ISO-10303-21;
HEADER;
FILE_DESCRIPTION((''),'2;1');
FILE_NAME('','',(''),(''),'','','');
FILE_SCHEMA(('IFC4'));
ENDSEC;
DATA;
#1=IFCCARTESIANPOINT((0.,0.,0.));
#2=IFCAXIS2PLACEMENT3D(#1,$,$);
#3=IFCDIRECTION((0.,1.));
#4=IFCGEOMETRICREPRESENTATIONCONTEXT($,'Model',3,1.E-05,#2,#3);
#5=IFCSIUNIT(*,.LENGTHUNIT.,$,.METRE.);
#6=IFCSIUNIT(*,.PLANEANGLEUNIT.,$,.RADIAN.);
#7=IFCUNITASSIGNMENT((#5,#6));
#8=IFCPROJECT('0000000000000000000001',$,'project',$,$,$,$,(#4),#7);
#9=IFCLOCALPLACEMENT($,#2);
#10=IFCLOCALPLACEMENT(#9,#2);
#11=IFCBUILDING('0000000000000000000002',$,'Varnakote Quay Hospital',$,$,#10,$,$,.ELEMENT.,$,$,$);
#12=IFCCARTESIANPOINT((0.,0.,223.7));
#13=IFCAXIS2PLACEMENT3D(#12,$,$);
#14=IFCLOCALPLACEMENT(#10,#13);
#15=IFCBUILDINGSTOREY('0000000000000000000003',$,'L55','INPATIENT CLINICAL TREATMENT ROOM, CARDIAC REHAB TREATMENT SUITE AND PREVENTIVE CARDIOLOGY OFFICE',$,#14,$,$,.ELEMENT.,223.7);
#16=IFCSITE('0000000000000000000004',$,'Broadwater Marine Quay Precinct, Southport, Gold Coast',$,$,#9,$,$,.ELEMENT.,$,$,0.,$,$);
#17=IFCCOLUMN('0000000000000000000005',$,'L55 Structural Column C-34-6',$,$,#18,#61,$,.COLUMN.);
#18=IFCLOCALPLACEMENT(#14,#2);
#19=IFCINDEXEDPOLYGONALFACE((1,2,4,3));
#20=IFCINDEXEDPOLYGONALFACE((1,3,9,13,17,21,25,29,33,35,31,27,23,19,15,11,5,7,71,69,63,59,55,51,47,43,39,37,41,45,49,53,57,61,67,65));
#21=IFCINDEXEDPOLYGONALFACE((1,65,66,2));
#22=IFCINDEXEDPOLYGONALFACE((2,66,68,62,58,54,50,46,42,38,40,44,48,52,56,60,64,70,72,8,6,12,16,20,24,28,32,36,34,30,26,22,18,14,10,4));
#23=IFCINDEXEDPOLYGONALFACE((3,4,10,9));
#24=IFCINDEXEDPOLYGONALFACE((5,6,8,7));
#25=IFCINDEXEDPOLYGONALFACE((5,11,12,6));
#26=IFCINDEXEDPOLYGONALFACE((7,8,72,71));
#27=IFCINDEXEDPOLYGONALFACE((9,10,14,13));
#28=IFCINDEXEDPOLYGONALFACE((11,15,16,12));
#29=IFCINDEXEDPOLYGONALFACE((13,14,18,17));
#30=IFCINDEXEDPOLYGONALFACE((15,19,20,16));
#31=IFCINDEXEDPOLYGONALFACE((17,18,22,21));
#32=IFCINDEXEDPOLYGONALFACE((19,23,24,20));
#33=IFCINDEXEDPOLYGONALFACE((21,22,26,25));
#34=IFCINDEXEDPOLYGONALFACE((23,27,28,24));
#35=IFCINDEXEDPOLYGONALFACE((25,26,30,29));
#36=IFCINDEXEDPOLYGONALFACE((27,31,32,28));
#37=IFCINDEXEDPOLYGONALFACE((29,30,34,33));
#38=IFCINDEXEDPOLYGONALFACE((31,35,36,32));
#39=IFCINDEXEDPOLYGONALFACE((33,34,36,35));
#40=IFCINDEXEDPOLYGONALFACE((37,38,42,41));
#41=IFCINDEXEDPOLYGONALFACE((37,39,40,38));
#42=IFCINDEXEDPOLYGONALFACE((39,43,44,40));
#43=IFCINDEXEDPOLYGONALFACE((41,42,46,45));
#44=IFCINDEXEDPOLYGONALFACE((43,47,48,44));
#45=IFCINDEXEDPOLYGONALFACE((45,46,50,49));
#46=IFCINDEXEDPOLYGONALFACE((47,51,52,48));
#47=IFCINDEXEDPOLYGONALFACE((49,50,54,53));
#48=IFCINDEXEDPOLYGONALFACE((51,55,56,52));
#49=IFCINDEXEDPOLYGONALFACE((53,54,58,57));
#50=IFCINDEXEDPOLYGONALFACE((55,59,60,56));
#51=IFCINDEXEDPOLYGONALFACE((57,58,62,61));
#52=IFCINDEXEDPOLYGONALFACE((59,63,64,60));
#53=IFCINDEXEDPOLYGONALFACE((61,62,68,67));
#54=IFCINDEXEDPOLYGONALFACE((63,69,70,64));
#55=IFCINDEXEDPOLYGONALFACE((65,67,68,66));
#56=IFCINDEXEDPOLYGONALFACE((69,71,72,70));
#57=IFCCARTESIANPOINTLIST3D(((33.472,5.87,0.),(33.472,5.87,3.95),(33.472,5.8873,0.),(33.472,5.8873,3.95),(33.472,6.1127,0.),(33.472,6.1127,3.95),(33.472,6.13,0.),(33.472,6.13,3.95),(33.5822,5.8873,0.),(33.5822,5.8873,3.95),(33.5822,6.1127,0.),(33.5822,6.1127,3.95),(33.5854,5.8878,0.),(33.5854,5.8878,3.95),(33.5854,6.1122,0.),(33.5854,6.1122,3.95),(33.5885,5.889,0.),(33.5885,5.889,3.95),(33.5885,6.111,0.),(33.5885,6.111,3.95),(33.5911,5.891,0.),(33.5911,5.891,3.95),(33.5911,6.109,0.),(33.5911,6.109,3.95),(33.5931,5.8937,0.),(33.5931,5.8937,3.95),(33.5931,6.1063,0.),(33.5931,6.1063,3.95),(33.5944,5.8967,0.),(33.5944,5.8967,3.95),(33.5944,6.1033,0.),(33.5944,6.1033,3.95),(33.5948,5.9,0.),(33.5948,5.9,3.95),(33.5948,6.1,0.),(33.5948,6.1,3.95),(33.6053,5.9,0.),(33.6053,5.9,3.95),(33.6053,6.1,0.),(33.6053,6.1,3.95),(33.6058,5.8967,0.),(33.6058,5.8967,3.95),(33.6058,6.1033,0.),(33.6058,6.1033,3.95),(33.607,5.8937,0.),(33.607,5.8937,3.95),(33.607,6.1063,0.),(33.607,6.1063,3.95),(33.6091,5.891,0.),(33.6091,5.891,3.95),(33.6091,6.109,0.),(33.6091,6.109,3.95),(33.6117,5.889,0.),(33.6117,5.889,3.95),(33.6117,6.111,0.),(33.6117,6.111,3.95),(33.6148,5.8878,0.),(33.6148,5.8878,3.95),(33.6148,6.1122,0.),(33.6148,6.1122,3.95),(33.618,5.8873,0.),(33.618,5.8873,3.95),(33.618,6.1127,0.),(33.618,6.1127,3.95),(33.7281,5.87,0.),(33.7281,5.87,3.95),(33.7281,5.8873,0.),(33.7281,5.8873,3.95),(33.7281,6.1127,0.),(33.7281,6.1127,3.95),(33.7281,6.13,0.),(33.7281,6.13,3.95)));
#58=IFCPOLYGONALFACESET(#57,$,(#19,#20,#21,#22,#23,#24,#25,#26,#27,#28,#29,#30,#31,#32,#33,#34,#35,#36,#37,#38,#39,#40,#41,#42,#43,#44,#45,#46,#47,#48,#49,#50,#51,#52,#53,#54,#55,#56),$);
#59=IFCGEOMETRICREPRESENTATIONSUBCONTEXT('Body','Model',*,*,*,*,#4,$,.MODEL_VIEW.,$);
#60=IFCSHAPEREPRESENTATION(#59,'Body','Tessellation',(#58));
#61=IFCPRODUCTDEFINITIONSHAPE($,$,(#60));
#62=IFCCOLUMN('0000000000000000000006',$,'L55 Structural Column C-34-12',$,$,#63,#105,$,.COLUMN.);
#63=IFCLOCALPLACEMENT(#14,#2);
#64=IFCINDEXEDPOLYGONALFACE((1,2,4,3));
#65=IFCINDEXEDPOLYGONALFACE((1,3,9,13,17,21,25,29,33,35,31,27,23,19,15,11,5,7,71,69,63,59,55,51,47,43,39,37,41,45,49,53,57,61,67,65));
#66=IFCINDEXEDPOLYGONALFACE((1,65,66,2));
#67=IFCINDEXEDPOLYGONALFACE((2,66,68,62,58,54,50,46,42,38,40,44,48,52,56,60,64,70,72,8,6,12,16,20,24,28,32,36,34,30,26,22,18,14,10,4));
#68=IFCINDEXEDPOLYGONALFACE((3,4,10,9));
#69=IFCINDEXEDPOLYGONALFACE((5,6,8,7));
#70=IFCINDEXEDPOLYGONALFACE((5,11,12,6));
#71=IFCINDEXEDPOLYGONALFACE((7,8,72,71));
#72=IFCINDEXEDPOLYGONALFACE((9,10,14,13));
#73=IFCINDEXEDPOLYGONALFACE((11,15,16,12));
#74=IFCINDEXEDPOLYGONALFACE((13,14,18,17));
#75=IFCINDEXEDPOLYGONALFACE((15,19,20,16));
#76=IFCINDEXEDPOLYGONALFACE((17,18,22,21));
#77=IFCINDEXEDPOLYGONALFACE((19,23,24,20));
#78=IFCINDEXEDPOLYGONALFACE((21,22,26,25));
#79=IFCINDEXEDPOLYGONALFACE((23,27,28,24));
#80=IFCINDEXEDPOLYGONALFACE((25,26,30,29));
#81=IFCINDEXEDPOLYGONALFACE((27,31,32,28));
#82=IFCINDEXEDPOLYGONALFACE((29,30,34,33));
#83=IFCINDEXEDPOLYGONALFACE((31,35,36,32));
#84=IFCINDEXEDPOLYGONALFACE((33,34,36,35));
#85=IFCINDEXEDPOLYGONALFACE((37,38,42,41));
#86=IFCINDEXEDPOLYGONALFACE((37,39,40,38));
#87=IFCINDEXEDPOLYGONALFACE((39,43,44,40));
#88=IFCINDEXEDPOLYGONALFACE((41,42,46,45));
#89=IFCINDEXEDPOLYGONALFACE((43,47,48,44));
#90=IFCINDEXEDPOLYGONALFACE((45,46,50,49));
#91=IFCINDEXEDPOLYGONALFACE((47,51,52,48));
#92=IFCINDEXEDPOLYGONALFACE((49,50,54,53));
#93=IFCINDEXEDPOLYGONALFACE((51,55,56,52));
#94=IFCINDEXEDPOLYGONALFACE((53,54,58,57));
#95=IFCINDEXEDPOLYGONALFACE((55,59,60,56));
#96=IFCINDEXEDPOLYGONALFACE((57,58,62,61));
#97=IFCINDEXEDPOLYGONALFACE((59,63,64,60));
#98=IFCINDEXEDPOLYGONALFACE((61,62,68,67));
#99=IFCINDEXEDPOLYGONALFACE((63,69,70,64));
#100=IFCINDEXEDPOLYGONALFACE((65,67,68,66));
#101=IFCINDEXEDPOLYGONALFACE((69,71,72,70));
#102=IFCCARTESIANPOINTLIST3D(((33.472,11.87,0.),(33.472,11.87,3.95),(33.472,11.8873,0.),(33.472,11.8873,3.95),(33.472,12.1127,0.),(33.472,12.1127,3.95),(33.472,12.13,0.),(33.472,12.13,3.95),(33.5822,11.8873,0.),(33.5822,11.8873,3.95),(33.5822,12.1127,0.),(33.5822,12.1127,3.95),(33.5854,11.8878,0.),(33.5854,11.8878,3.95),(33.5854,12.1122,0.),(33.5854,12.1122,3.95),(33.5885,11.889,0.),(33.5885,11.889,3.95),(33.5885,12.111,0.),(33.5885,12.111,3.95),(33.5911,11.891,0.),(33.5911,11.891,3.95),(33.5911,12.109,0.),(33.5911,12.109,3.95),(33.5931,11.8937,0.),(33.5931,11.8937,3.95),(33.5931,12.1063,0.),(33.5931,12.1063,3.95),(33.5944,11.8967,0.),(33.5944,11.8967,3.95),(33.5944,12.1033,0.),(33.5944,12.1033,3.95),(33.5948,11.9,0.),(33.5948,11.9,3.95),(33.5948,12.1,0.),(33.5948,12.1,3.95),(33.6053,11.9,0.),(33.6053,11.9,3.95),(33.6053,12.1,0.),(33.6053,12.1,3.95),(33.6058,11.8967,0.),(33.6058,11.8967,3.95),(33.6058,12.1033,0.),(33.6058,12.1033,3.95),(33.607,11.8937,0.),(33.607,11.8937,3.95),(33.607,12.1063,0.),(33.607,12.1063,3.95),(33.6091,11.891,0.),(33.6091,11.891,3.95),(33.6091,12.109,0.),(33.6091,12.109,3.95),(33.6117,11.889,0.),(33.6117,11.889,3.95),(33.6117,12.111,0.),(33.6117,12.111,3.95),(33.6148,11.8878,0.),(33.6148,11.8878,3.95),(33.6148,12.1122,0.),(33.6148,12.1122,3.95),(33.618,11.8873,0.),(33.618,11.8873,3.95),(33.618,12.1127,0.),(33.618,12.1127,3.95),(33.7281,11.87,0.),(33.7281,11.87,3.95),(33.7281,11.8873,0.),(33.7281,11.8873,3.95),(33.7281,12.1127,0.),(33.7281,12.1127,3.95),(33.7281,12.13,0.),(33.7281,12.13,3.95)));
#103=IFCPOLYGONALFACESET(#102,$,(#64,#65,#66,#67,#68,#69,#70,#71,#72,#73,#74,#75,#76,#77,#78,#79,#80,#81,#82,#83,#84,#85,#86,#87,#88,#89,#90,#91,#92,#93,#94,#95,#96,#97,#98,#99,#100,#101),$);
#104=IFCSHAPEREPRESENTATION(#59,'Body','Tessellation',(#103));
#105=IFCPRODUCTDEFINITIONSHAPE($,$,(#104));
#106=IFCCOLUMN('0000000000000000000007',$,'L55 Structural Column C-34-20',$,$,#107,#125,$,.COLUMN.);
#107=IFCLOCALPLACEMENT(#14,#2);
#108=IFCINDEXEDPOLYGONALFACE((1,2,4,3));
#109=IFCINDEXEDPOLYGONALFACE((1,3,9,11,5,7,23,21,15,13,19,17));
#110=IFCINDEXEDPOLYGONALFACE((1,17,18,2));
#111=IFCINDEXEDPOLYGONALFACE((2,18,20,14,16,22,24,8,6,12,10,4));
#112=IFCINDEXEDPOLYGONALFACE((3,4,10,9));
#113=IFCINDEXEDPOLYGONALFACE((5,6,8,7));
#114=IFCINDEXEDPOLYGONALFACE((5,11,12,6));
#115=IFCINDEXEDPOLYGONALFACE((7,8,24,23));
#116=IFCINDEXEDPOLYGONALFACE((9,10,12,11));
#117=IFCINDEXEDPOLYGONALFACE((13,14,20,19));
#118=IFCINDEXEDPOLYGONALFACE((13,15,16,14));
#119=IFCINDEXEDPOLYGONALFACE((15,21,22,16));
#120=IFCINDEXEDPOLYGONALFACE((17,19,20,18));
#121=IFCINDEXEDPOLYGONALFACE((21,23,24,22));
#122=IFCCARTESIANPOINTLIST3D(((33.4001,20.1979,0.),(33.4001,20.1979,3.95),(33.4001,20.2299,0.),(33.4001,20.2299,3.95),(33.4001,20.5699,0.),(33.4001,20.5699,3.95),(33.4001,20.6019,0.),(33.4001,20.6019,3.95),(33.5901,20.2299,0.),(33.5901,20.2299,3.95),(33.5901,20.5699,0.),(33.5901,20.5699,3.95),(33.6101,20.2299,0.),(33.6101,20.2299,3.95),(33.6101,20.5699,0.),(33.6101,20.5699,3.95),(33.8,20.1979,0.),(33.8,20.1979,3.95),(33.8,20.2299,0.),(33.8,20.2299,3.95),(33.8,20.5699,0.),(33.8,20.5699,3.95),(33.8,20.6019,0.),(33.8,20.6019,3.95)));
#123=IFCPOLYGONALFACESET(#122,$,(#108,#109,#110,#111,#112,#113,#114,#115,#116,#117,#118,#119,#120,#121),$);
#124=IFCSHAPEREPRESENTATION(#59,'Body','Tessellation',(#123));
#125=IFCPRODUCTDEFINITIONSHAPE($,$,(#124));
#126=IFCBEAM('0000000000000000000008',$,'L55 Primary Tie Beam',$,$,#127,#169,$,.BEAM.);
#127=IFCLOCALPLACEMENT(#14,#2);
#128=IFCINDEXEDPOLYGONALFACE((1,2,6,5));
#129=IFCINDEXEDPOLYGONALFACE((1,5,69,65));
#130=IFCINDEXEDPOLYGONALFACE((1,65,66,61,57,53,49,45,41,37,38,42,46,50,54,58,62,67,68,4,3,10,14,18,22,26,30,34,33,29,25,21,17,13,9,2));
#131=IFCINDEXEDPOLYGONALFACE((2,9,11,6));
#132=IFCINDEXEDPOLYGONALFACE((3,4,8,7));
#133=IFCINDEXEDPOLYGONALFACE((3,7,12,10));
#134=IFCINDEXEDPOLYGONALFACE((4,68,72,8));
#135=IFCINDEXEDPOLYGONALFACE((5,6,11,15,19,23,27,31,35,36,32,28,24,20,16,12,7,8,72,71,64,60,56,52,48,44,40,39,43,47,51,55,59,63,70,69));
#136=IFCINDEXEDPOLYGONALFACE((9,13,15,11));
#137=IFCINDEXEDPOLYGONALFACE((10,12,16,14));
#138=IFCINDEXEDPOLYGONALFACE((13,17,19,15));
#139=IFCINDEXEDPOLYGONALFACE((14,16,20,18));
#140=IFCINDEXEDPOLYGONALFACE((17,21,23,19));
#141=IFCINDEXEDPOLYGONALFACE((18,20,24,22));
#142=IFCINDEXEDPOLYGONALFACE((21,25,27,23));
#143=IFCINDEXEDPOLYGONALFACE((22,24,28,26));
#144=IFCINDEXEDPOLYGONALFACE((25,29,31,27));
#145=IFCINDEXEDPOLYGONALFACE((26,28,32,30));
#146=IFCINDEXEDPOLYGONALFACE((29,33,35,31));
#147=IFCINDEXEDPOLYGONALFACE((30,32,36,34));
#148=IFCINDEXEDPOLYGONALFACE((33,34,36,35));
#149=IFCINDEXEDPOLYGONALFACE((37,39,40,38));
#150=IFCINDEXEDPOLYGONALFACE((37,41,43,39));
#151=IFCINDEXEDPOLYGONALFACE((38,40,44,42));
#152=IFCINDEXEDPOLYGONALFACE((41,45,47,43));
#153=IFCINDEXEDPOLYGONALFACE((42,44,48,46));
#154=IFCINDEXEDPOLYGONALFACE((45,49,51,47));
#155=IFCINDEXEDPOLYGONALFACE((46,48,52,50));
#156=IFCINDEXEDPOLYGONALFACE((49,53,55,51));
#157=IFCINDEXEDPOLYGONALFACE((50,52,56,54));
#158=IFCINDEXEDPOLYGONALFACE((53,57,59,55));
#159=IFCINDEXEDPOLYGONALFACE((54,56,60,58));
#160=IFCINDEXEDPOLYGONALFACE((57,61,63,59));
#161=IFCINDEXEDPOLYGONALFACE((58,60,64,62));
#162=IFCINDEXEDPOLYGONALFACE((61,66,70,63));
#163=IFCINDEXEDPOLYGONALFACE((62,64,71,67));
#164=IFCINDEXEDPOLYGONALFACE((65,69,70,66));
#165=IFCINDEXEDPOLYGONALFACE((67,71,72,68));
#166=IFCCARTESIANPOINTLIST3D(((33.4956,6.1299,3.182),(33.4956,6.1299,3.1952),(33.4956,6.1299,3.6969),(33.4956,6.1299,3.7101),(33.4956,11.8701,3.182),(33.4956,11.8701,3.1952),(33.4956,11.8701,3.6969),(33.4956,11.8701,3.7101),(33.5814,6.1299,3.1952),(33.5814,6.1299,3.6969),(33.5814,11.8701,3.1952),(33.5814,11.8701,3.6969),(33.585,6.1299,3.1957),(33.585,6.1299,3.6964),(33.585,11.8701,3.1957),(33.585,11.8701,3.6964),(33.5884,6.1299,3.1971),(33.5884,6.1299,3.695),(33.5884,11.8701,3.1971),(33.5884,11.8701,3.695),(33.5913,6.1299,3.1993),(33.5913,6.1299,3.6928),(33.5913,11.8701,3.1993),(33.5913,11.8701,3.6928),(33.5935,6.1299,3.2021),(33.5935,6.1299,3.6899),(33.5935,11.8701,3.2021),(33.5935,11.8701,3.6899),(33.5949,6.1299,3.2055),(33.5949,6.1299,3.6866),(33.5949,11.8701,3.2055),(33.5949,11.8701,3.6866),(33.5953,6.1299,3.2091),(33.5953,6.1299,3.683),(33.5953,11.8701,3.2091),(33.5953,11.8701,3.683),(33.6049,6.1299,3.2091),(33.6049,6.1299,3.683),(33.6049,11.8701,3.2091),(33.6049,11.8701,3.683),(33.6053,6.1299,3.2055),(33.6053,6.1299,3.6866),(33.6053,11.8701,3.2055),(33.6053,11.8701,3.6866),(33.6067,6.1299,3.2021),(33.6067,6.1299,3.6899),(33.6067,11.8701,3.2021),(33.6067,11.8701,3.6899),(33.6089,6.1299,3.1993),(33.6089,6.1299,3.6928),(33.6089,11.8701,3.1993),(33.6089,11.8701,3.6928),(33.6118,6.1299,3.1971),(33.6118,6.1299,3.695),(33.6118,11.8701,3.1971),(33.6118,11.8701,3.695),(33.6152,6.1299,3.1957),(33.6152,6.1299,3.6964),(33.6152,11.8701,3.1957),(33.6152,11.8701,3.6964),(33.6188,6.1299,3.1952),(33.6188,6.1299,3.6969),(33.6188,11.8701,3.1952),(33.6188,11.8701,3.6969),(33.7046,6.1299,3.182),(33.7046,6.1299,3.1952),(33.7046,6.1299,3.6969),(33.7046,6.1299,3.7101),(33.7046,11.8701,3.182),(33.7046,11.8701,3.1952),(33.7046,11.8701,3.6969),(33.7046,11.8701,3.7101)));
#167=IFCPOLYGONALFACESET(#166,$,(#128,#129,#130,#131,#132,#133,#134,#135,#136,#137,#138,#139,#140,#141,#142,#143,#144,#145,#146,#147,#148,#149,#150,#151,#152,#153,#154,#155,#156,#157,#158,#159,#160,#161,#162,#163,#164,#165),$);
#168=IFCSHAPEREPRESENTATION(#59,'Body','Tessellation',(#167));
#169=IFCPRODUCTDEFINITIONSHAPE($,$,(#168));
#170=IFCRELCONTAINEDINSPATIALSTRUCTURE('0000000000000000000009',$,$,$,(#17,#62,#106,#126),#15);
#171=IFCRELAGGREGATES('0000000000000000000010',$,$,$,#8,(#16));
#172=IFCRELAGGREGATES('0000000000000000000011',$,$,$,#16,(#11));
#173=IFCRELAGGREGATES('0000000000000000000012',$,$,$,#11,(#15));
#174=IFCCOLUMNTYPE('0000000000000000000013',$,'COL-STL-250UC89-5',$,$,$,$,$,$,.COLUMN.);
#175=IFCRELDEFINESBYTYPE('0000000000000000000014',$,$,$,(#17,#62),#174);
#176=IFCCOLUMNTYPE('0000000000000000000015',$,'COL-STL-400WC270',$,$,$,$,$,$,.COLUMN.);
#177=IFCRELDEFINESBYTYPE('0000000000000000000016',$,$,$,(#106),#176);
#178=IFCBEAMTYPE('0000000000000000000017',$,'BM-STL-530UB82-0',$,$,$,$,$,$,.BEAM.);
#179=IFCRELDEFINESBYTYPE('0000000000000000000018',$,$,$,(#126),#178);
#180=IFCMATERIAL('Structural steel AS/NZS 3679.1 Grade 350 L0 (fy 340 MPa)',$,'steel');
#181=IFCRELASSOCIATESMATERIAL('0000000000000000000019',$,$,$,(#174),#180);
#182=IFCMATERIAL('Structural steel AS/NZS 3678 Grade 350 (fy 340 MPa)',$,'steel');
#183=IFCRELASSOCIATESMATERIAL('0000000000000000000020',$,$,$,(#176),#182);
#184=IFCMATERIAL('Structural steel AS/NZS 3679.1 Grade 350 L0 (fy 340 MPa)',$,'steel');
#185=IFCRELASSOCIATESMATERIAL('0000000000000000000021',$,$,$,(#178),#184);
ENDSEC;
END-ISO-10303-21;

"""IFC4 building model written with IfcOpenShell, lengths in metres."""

from ifc_helpers import new_model, si_unit, direction, frame, origin, origin_2d, place, context, subcontext, project, spatial, i_section, extrude, material, material_profile, profile_set, type_object, element, save


model = new_model("IFC4")

# Units and contexts
model_context = context("Model", 3, precision=1e-05, world=origin(), true_north=direction((0.0, 1.0)))
body_context = subcontext(model_context, "Body", "Model", "MODEL_VIEW")
ifc_project = project(units=[si_unit("LENGTHUNIT", "METRE"), si_unit("PLANEANGLEUNIT", "RADIAN")], contexts=[model_context])

# Site, building, storey
site_placement = place(None, origin())
site = spatial("IfcSite", under=ifc_project, at=site_placement, Name="Broadwater Marine Quay Precinct, Southport, Gold Coast", CompositionType="ELEMENT", RefElevation=0.0)
building_placement = place(site_placement, origin())
building = spatial("IfcBuilding", under=site, at=building_placement, Name="Varnakote Quay Hospital", CompositionType="ELEMENT")
storey_placement = place(building_placement, frame((0.0, 0.0, 223.7)))
storey = spatial("IfcBuildingStorey", under=building, at=storey_placement, Name="L55", Description="INPATIENT CLINICAL TREATMENT ROOM, CARDIAC REHAB TREATMENT SUITE AND PREVENTIVE CARDIOLOGY OFFICE", CompositionType="ELEMENT", Elevation=223.7)

# Columns
ifc_material_1 = material(Name="Structural steel AS/NZS 3679.1 Grade 350 L0 (fy 340 MPa)", Category="steel")
ifc_material_profile_1 = material_profile(ifc_material_1, i_section(OverallWidth=0.2561, OverallDepth=0.26, WebThickness=0.0105, FlangeThickness=0.0173, FilletRadius=0.0127, at=origin_2d()), Name="250UC89.5")
ifc_profile_set_1 = profile_set([ifc_material_profile_1], Name="Structural steel AS/NZS 3679.1 Grade 350 L0 (fy 340 MPa)")
column_type_1 = type_object("IfcColumnType", Name="COL-STL-250UC89-5", PredefinedType="COLUMN", material=ifc_profile_set_1)
for number, where, z_axis, x_axis, name in (
    (1, (33.6001, 6.0, 0.0), (0.0, 0.0, 1.0), (1.0, 0.0, 0.0), "L55 Structural Column C-34-6"),
    (2, (33.6001, 12.0, 0.0), (0.0, 0.0, 1.0), (1.0, 0.0, 0.0), "L55 Structural Column C-34-12"),
):
    element("IfcColumn", number, at=place(storey_placement, frame(where, z_axis=z_axis, x_axis=x_axis)), inside=storey, type_object=column_type_1, Name=name, PredefinedType="COLUMN", context=body_context, shape_type="SweptSolid", body=[
        extrude(i_section(OverallWidth=0.2561, OverallDepth=0.26, WebThickness=0.0105, FlangeThickness=0.0173, FilletRadius=0.0127, at=origin_2d()), origin(), (0.0, 0.0, 1.0), 3.95),
    ])
ifc_material_2 = material(Name="Structural steel AS/NZS 3678 Grade 350 (fy 340 MPa)", Category="steel")
ifc_material_profile_2 = material_profile(ifc_material_2, i_section(OverallWidth=0.3999, OverallDepth=0.4041, WebThickness=0.02, FlangeThickness=0.032, at=origin_2d()), Name="400WC270")
ifc_profile_set_2 = profile_set([ifc_material_profile_2], Name="Structural steel AS/NZS 3678 Grade 350 (fy 340 MPa)")
column_type_2 = type_object("IfcColumnType", Name="COL-STL-400WC270", PredefinedType="COLUMN", material=ifc_profile_set_2)
column_placement = place(storey_placement, frame((33.6001, 20.3999, 0.0), z_axis=(0.0, 0.0, 1.0), x_axis=(1.0, 0.0, 0.0)))
element("IfcColumn", 3, at=column_placement, inside=storey, type_object=column_type_2, Name="L55 Structural Column C-34-20", PredefinedType="COLUMN", context=body_context, shape_type="SweptSolid", body=[
    extrude(i_section(OverallWidth=0.3999, OverallDepth=0.4041, WebThickness=0.02, FlangeThickness=0.032, at=origin_2d()), origin(), (0.0, 0.0, 1.0), 3.95),
])

# Beam
ifc_material_3 = material(Name="Structural steel AS/NZS 3679.1 Grade 350 L0 (fy 340 MPa)", Category="steel")
ifc_material_profile_3 = material_profile(ifc_material_3, i_section(OverallWidth=0.209, OverallDepth=0.5281, WebThickness=0.0095, FlangeThickness=0.0132, FilletRadius=0.0139, at=origin_2d()), Name="530UB82.0")
ifc_profile_set_3 = profile_set([ifc_material_profile_3], Name="Structural steel AS/NZS 3679.1 Grade 350 L0 (fy 340 MPa)")
beam_type_1 = type_object("IfcBeamType", Name="BM-STL-530UB82-0", PredefinedType="BEAM", material=ifc_profile_set_3)
beam_1_placement = place(storey_placement, frame((33.6001, 6.1299, 3.446), z_axis=(0.0, 1.0, 0.0), x_axis=(-1.0, 0.0, 0.0)))
element("IfcBeam", 4, at=beam_1_placement, inside=storey, type_object=beam_type_1, Name="L55 Primary Tie Beam", PredefinedType="BEAM", context=body_context, shape_type="SweptSolid", body=[
    extrude(i_section(OverallWidth=0.209, OverallDepth=0.5281, WebThickness=0.0095, FlangeThickness=0.0132, FilletRadius=0.0139, at=origin_2d()), origin(), (0.0, 0.0, 1.0), 5.7402),
])

save(model, "model.ifc")
